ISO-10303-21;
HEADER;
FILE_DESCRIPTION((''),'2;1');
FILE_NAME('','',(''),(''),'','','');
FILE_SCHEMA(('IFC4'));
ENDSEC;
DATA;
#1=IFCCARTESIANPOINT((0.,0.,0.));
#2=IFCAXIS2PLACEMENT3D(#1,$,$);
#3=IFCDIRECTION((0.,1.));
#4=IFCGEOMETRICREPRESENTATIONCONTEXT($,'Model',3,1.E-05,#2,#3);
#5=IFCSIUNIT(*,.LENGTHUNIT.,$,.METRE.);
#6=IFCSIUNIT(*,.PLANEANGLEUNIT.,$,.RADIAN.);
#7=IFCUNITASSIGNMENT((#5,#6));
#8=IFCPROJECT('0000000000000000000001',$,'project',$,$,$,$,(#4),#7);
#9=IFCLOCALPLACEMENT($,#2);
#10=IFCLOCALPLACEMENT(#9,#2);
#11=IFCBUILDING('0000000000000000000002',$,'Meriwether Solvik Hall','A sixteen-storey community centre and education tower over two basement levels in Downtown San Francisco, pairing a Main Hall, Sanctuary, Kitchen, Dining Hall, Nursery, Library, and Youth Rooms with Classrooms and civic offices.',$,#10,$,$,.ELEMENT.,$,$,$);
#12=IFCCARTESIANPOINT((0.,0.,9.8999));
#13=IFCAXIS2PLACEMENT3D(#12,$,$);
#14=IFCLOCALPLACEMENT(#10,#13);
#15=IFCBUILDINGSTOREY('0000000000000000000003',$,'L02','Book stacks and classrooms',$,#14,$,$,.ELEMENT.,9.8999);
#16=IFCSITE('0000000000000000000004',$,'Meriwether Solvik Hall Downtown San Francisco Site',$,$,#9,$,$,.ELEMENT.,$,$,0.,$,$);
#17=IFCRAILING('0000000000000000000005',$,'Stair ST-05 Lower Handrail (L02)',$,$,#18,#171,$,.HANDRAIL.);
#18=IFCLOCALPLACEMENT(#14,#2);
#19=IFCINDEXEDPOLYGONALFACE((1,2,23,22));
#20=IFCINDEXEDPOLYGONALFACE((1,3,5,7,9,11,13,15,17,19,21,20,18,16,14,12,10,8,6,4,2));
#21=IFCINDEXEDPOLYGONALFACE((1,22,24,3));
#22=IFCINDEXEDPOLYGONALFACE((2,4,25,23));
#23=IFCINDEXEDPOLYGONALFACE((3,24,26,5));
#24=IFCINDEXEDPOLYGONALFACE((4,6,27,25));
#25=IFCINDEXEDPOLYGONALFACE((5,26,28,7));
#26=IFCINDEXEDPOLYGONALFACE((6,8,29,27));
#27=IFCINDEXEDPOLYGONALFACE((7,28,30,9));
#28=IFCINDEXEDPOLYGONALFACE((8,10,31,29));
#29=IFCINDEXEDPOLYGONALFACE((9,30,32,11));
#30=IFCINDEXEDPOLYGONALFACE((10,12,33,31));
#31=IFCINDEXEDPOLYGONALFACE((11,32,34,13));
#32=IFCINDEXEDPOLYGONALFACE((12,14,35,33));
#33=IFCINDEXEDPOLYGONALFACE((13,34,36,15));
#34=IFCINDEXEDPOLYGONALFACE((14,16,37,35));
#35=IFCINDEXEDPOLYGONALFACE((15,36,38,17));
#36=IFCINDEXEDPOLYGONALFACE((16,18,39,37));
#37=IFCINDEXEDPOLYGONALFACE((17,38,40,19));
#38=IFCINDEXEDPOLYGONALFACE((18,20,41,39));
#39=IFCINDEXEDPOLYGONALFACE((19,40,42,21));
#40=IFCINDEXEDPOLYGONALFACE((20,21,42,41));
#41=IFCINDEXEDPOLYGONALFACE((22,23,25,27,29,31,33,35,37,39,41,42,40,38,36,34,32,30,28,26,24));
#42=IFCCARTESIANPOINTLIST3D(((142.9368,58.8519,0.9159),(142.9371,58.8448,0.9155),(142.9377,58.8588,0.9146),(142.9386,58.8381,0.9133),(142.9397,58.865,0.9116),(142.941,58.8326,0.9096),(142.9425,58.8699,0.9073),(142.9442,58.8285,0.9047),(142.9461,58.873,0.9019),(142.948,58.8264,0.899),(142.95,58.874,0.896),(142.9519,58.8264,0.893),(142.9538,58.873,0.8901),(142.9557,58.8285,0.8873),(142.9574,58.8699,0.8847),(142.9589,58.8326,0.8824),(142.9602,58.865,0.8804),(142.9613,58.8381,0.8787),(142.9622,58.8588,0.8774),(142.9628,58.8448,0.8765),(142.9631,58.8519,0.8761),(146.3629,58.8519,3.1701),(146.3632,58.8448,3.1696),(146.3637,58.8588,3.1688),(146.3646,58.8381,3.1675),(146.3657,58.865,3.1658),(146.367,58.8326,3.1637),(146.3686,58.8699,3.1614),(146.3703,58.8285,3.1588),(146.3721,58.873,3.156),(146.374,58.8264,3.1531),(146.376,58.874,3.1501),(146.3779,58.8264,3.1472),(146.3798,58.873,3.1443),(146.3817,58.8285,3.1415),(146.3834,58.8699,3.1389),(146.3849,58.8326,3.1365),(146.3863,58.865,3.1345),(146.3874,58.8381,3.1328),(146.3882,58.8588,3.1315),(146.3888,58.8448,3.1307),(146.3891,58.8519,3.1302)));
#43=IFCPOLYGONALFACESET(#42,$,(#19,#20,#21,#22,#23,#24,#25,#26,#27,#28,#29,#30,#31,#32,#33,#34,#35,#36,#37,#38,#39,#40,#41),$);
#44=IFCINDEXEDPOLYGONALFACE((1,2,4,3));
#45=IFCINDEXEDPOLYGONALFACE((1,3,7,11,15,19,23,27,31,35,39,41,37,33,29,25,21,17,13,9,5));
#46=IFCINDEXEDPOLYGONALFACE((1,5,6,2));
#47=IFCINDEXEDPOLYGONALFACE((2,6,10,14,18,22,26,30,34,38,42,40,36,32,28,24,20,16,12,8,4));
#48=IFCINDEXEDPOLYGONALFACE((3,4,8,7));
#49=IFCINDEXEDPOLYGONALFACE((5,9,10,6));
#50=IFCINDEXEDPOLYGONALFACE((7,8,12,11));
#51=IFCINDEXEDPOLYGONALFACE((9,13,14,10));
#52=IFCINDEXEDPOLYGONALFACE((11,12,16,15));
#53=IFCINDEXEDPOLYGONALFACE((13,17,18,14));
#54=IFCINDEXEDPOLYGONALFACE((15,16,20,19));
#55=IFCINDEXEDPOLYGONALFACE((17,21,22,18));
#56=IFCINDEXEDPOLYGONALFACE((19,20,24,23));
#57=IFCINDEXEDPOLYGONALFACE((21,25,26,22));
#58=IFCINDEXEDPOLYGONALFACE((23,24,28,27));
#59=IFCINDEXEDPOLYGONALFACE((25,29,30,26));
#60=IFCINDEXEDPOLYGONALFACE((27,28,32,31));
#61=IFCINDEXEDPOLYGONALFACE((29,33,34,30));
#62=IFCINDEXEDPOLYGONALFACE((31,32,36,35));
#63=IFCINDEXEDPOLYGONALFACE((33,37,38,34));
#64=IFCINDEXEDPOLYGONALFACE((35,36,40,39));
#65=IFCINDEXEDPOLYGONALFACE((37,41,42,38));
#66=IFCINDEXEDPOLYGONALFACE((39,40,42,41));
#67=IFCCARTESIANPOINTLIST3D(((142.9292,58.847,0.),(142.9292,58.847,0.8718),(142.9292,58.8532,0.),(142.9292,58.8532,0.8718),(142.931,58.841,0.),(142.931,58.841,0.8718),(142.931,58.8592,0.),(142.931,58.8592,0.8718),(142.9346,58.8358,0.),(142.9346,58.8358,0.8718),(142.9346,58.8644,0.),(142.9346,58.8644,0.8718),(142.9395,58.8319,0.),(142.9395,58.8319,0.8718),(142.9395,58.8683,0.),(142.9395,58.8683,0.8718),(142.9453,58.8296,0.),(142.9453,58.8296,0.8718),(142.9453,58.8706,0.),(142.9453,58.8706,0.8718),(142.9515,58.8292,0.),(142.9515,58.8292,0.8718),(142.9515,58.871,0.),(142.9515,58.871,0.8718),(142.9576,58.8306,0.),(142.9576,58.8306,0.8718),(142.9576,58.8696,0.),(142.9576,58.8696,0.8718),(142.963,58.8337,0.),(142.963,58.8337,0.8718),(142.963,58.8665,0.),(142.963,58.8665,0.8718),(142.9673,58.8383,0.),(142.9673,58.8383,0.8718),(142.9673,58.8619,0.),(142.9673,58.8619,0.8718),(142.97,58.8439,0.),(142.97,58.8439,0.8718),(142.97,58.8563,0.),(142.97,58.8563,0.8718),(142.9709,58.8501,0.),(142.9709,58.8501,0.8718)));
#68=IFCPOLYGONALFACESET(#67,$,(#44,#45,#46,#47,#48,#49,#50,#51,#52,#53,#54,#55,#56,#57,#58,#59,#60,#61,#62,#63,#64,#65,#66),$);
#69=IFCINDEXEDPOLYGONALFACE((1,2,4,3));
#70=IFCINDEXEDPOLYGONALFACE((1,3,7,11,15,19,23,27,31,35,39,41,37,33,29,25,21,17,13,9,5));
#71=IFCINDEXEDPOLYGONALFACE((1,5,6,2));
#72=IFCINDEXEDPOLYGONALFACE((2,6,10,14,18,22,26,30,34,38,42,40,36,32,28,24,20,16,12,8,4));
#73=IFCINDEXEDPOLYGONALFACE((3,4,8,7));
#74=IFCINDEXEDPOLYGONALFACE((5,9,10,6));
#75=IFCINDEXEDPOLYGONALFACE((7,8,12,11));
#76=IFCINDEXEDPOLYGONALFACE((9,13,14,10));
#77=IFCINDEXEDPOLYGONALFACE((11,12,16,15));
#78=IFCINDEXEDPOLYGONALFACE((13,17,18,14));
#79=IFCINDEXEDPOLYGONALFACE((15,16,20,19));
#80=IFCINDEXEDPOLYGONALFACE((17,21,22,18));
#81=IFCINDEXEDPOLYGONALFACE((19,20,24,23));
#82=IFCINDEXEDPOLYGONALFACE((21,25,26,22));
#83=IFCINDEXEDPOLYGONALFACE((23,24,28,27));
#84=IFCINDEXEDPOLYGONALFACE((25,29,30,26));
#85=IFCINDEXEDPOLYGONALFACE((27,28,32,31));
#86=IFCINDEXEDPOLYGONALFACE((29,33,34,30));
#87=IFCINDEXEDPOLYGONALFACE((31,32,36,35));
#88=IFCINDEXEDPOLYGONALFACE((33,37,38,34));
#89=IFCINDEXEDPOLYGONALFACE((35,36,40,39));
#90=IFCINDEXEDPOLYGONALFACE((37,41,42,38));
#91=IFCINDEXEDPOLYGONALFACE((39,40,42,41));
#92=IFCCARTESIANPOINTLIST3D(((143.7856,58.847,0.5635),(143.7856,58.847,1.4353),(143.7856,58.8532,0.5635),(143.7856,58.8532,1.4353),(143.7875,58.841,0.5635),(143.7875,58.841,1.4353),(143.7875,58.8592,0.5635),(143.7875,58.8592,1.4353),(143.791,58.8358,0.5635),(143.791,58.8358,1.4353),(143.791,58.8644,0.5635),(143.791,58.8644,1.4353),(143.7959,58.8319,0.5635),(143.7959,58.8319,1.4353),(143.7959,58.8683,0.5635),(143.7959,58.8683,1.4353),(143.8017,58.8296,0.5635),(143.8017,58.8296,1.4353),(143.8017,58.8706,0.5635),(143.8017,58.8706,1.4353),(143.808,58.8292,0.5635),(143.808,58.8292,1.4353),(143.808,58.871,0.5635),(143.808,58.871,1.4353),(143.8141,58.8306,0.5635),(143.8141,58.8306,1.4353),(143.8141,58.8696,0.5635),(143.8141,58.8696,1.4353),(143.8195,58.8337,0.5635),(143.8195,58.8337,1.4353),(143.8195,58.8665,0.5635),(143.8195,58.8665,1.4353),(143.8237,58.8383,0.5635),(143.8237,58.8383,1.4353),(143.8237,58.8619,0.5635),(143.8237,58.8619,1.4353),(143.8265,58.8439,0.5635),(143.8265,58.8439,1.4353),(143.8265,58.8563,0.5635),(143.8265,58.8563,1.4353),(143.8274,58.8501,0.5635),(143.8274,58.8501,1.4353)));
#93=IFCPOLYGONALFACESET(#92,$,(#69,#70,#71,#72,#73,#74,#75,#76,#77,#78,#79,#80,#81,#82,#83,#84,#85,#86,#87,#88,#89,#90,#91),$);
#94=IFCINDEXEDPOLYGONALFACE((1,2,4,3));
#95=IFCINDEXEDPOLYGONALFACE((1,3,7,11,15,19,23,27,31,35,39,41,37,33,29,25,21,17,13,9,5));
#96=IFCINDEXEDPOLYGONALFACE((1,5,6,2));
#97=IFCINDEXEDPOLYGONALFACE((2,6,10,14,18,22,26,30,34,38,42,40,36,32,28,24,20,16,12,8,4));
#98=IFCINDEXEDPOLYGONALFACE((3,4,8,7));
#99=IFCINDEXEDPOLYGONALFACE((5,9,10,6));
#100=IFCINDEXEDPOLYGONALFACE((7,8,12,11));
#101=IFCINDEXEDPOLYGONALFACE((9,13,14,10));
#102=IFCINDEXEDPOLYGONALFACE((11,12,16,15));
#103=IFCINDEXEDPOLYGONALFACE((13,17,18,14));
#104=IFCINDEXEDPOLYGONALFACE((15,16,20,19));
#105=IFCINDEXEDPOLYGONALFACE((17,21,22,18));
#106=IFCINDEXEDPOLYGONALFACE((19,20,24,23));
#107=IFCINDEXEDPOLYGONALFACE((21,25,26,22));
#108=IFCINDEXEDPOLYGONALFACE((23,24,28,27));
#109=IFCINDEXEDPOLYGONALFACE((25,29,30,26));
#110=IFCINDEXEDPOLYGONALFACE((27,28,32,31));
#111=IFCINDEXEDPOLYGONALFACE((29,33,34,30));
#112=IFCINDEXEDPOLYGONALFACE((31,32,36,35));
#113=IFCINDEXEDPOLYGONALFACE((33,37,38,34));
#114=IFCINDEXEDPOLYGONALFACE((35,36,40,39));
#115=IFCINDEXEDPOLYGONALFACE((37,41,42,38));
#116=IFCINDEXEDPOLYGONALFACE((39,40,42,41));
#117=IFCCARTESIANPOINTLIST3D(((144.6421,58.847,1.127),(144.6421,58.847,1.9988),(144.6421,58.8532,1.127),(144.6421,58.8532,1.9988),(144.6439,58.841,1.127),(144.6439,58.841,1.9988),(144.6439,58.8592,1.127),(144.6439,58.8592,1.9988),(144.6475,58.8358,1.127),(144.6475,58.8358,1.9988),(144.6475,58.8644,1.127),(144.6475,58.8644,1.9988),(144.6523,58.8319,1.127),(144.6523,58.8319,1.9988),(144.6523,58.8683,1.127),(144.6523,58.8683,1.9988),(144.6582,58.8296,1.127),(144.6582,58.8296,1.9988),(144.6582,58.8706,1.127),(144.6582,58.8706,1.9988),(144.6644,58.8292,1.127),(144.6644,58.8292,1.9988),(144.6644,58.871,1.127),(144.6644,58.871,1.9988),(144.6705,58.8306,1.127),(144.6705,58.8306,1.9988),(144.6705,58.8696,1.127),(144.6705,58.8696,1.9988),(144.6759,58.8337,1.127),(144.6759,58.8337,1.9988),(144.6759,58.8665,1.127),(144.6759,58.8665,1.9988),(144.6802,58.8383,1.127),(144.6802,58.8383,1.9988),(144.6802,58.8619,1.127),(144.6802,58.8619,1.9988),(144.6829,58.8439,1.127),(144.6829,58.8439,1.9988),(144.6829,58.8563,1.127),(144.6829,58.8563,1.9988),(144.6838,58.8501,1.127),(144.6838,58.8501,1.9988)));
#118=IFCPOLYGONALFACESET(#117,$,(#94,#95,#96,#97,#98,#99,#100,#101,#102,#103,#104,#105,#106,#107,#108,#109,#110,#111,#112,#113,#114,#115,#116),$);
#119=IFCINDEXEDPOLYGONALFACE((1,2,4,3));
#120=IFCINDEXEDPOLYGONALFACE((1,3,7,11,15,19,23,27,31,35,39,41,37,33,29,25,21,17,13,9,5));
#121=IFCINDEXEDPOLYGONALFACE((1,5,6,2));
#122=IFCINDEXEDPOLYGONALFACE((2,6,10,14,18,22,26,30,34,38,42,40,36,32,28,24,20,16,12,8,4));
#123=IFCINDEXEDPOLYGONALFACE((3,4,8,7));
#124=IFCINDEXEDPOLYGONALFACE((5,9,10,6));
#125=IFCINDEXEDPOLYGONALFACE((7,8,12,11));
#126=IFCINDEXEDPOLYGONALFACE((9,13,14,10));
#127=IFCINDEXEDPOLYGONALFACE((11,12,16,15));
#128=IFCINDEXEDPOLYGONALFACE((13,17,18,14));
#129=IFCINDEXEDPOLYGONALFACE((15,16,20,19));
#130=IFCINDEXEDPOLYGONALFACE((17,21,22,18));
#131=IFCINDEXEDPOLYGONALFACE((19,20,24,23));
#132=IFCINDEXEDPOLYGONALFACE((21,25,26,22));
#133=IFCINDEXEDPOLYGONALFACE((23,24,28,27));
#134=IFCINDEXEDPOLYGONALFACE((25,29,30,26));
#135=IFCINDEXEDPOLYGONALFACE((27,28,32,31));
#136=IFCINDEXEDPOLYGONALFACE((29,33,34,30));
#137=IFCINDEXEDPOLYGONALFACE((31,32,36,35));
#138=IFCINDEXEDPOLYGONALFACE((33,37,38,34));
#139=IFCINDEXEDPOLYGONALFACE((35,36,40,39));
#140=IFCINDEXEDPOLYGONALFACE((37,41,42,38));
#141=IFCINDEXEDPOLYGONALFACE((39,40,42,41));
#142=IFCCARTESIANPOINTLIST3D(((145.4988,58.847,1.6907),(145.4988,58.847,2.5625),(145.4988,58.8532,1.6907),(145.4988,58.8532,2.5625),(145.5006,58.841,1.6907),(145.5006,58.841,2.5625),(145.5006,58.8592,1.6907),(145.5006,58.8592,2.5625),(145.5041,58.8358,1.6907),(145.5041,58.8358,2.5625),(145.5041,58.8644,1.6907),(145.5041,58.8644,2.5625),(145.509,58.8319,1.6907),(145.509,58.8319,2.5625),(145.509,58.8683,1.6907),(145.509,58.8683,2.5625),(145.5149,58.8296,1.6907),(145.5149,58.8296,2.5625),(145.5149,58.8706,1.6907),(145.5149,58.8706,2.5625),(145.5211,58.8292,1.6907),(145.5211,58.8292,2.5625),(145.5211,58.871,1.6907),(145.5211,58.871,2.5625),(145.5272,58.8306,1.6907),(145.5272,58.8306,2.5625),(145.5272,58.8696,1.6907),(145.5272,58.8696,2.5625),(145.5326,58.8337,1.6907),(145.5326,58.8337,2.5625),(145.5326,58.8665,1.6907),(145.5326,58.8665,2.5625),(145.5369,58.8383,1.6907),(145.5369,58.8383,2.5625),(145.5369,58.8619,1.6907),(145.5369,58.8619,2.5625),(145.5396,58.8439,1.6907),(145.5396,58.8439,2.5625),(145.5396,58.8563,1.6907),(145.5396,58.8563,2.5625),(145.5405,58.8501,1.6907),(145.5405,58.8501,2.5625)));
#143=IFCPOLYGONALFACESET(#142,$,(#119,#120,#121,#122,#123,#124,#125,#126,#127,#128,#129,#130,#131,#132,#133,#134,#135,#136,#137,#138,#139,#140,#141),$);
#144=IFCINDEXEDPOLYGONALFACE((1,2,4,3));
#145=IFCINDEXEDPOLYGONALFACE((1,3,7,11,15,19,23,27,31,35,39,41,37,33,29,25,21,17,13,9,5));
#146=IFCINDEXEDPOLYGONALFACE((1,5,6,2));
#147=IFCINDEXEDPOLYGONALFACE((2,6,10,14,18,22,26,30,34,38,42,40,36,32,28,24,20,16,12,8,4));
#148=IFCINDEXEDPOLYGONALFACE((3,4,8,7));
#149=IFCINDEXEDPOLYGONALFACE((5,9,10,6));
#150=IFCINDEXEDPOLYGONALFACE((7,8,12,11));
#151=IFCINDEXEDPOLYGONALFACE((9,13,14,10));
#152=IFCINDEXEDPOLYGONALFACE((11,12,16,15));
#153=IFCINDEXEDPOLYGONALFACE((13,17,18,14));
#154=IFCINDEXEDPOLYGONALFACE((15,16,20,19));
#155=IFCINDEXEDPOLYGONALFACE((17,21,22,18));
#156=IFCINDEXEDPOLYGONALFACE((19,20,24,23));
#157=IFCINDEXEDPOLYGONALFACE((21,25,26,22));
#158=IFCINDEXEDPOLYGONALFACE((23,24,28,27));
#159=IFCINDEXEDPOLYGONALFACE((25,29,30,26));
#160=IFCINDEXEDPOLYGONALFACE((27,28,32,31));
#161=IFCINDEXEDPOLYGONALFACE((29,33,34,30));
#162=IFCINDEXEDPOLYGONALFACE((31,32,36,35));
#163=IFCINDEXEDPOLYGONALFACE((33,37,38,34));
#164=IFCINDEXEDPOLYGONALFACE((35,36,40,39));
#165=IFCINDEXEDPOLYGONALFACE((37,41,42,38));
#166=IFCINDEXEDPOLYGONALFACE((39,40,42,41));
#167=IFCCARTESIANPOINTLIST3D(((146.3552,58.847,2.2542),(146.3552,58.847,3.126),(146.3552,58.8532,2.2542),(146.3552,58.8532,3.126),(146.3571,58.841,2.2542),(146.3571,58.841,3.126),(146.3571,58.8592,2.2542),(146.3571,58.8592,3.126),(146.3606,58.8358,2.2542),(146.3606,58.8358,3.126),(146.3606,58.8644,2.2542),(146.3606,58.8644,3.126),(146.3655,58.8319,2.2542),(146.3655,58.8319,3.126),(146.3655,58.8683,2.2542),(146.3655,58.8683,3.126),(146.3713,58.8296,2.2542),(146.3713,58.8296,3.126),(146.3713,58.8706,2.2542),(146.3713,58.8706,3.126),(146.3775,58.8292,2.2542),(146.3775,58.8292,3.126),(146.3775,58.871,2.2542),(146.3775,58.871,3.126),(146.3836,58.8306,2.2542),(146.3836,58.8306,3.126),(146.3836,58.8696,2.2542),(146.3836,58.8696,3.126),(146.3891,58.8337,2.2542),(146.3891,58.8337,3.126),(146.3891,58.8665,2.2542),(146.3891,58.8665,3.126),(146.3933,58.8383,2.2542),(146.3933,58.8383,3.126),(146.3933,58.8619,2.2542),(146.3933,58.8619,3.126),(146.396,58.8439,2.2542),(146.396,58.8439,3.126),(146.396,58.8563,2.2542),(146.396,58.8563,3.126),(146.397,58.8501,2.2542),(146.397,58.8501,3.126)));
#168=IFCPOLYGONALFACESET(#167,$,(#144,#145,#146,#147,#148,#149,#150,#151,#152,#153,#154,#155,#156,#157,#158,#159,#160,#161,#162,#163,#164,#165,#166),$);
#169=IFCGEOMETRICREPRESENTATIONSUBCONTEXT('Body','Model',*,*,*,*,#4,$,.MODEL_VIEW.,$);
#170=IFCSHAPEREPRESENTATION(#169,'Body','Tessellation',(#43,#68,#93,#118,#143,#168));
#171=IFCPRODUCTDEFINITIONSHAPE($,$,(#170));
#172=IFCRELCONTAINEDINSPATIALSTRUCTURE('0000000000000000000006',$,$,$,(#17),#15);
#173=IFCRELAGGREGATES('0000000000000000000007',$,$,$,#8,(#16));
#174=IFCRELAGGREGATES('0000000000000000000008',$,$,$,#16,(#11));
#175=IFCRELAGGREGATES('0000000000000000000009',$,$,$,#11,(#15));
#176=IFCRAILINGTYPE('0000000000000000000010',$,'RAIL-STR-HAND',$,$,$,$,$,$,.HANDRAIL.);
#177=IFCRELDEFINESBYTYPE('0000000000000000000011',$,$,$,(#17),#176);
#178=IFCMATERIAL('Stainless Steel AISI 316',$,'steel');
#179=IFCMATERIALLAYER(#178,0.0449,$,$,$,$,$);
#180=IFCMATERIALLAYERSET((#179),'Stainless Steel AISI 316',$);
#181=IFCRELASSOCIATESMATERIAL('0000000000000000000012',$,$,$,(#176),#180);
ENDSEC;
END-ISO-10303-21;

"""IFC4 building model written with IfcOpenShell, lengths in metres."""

from ifc_helpers import new_model, si_unit, direction, frame, origin, origin_2d, place, context, subcontext, project, spatial, circle, extrude, material, layer, layer_set, type_object, element, save


model = new_model("IFC4")

# Units and contexts
model_context = context("Model", 3, precision=1e-05, world=origin(), true_north=direction((0.0, 1.0)))
body_context = subcontext(model_context, "Body", "Model", "MODEL_VIEW")
ifc_project = project(units=[si_unit("LENGTHUNIT", "METRE"), si_unit("PLANEANGLEUNIT", "RADIAN")], contexts=[model_context])

# Site, building, storey
site_placement = place(None, origin())
site = spatial("IfcSite", under=ifc_project, at=site_placement, Name="Meriwether Solvik Hall Downtown San Francisco Site", CompositionType="ELEMENT", RefElevation=0.0)
building_placement = place(site_placement, origin())
building = spatial("IfcBuilding", under=site, at=building_placement, Name="Meriwether Solvik Hall", Description="A sixteen-storey community centre and education tower over two basement levels in Downtown San Francisco, pairing a Main Hall, Sanctuary, Kitchen, Dining Hall, Nursery, Library, and Youth Rooms with Classrooms and civic offices.", CompositionType="ELEMENT")
storey_placement = place(building_placement, frame((0.0, 0.0, 9.8999)))
storey = spatial("IfcBuildingStorey", under=building, at=storey_placement, Name="L02", Description="Book stacks and classrooms", CompositionType="ELEMENT", Elevation=9.8999)

# Railing
ifc_material_1 = material(Name="Stainless Steel AISI 316", Category="steel")
ifc_layer_1 = layer(ifc_material_1, 0.0449)
ifc_layer_set_1 = layer_set([ifc_layer_1], Name="Stainless Steel AISI 316")
railing_type_1 = type_object("IfcRailingType", Name="RAIL-STR-HAND", PredefinedType="HANDRAIL", material=ifc_layer_set_1)
railing_1_placement = place(storey_placement, frame((142.95, 58.8501, 0.0)))
element("IfcRailing", 1, at=railing_1_placement, inside=storey, type_object=railing_type_1, Name="Stair ST-05 Lower Handrail (L02)", PredefinedType="HANDRAIL", context=body_context, shape_type="SweptSolid", body=[
    extrude(circle(Radius=0.0239, at=origin_2d()), frame((0.0, 0.0, 0.896), z_axis=(0.835396, 0.0, 0.549648), x_axis=(0.0, 1.0, 0.0)), (0.0, 0.0, 1.0), 4.1011),
    extrude(circle(Radius=0.021, at=origin_2d()), origin(), (0.0, 0.0, 1.0), 0.8718),
    extrude(circle(Radius=0.021, at=origin_2d()), frame((0.8564, 0.0, 0.5635)), (0.0, 0.0, 1.0), 0.8718),
    extrude(circle(Radius=0.021, at=origin_2d()), frame((1.7129, 0.0, 1.127)), (0.0, 0.0, 1.0), 0.8718),
    extrude(circle(Radius=0.021, at=origin_2d()), frame((2.5696, 0.0, 1.6907)), (0.0, 0.0, 1.0), 0.8718),
    extrude(circle(Radius=0.021, at=origin_2d()), frame((3.426, 0.0, 2.2542)), (0.0, 0.0, 1.0), 0.8718),
])

save(model, "model.ifc")
